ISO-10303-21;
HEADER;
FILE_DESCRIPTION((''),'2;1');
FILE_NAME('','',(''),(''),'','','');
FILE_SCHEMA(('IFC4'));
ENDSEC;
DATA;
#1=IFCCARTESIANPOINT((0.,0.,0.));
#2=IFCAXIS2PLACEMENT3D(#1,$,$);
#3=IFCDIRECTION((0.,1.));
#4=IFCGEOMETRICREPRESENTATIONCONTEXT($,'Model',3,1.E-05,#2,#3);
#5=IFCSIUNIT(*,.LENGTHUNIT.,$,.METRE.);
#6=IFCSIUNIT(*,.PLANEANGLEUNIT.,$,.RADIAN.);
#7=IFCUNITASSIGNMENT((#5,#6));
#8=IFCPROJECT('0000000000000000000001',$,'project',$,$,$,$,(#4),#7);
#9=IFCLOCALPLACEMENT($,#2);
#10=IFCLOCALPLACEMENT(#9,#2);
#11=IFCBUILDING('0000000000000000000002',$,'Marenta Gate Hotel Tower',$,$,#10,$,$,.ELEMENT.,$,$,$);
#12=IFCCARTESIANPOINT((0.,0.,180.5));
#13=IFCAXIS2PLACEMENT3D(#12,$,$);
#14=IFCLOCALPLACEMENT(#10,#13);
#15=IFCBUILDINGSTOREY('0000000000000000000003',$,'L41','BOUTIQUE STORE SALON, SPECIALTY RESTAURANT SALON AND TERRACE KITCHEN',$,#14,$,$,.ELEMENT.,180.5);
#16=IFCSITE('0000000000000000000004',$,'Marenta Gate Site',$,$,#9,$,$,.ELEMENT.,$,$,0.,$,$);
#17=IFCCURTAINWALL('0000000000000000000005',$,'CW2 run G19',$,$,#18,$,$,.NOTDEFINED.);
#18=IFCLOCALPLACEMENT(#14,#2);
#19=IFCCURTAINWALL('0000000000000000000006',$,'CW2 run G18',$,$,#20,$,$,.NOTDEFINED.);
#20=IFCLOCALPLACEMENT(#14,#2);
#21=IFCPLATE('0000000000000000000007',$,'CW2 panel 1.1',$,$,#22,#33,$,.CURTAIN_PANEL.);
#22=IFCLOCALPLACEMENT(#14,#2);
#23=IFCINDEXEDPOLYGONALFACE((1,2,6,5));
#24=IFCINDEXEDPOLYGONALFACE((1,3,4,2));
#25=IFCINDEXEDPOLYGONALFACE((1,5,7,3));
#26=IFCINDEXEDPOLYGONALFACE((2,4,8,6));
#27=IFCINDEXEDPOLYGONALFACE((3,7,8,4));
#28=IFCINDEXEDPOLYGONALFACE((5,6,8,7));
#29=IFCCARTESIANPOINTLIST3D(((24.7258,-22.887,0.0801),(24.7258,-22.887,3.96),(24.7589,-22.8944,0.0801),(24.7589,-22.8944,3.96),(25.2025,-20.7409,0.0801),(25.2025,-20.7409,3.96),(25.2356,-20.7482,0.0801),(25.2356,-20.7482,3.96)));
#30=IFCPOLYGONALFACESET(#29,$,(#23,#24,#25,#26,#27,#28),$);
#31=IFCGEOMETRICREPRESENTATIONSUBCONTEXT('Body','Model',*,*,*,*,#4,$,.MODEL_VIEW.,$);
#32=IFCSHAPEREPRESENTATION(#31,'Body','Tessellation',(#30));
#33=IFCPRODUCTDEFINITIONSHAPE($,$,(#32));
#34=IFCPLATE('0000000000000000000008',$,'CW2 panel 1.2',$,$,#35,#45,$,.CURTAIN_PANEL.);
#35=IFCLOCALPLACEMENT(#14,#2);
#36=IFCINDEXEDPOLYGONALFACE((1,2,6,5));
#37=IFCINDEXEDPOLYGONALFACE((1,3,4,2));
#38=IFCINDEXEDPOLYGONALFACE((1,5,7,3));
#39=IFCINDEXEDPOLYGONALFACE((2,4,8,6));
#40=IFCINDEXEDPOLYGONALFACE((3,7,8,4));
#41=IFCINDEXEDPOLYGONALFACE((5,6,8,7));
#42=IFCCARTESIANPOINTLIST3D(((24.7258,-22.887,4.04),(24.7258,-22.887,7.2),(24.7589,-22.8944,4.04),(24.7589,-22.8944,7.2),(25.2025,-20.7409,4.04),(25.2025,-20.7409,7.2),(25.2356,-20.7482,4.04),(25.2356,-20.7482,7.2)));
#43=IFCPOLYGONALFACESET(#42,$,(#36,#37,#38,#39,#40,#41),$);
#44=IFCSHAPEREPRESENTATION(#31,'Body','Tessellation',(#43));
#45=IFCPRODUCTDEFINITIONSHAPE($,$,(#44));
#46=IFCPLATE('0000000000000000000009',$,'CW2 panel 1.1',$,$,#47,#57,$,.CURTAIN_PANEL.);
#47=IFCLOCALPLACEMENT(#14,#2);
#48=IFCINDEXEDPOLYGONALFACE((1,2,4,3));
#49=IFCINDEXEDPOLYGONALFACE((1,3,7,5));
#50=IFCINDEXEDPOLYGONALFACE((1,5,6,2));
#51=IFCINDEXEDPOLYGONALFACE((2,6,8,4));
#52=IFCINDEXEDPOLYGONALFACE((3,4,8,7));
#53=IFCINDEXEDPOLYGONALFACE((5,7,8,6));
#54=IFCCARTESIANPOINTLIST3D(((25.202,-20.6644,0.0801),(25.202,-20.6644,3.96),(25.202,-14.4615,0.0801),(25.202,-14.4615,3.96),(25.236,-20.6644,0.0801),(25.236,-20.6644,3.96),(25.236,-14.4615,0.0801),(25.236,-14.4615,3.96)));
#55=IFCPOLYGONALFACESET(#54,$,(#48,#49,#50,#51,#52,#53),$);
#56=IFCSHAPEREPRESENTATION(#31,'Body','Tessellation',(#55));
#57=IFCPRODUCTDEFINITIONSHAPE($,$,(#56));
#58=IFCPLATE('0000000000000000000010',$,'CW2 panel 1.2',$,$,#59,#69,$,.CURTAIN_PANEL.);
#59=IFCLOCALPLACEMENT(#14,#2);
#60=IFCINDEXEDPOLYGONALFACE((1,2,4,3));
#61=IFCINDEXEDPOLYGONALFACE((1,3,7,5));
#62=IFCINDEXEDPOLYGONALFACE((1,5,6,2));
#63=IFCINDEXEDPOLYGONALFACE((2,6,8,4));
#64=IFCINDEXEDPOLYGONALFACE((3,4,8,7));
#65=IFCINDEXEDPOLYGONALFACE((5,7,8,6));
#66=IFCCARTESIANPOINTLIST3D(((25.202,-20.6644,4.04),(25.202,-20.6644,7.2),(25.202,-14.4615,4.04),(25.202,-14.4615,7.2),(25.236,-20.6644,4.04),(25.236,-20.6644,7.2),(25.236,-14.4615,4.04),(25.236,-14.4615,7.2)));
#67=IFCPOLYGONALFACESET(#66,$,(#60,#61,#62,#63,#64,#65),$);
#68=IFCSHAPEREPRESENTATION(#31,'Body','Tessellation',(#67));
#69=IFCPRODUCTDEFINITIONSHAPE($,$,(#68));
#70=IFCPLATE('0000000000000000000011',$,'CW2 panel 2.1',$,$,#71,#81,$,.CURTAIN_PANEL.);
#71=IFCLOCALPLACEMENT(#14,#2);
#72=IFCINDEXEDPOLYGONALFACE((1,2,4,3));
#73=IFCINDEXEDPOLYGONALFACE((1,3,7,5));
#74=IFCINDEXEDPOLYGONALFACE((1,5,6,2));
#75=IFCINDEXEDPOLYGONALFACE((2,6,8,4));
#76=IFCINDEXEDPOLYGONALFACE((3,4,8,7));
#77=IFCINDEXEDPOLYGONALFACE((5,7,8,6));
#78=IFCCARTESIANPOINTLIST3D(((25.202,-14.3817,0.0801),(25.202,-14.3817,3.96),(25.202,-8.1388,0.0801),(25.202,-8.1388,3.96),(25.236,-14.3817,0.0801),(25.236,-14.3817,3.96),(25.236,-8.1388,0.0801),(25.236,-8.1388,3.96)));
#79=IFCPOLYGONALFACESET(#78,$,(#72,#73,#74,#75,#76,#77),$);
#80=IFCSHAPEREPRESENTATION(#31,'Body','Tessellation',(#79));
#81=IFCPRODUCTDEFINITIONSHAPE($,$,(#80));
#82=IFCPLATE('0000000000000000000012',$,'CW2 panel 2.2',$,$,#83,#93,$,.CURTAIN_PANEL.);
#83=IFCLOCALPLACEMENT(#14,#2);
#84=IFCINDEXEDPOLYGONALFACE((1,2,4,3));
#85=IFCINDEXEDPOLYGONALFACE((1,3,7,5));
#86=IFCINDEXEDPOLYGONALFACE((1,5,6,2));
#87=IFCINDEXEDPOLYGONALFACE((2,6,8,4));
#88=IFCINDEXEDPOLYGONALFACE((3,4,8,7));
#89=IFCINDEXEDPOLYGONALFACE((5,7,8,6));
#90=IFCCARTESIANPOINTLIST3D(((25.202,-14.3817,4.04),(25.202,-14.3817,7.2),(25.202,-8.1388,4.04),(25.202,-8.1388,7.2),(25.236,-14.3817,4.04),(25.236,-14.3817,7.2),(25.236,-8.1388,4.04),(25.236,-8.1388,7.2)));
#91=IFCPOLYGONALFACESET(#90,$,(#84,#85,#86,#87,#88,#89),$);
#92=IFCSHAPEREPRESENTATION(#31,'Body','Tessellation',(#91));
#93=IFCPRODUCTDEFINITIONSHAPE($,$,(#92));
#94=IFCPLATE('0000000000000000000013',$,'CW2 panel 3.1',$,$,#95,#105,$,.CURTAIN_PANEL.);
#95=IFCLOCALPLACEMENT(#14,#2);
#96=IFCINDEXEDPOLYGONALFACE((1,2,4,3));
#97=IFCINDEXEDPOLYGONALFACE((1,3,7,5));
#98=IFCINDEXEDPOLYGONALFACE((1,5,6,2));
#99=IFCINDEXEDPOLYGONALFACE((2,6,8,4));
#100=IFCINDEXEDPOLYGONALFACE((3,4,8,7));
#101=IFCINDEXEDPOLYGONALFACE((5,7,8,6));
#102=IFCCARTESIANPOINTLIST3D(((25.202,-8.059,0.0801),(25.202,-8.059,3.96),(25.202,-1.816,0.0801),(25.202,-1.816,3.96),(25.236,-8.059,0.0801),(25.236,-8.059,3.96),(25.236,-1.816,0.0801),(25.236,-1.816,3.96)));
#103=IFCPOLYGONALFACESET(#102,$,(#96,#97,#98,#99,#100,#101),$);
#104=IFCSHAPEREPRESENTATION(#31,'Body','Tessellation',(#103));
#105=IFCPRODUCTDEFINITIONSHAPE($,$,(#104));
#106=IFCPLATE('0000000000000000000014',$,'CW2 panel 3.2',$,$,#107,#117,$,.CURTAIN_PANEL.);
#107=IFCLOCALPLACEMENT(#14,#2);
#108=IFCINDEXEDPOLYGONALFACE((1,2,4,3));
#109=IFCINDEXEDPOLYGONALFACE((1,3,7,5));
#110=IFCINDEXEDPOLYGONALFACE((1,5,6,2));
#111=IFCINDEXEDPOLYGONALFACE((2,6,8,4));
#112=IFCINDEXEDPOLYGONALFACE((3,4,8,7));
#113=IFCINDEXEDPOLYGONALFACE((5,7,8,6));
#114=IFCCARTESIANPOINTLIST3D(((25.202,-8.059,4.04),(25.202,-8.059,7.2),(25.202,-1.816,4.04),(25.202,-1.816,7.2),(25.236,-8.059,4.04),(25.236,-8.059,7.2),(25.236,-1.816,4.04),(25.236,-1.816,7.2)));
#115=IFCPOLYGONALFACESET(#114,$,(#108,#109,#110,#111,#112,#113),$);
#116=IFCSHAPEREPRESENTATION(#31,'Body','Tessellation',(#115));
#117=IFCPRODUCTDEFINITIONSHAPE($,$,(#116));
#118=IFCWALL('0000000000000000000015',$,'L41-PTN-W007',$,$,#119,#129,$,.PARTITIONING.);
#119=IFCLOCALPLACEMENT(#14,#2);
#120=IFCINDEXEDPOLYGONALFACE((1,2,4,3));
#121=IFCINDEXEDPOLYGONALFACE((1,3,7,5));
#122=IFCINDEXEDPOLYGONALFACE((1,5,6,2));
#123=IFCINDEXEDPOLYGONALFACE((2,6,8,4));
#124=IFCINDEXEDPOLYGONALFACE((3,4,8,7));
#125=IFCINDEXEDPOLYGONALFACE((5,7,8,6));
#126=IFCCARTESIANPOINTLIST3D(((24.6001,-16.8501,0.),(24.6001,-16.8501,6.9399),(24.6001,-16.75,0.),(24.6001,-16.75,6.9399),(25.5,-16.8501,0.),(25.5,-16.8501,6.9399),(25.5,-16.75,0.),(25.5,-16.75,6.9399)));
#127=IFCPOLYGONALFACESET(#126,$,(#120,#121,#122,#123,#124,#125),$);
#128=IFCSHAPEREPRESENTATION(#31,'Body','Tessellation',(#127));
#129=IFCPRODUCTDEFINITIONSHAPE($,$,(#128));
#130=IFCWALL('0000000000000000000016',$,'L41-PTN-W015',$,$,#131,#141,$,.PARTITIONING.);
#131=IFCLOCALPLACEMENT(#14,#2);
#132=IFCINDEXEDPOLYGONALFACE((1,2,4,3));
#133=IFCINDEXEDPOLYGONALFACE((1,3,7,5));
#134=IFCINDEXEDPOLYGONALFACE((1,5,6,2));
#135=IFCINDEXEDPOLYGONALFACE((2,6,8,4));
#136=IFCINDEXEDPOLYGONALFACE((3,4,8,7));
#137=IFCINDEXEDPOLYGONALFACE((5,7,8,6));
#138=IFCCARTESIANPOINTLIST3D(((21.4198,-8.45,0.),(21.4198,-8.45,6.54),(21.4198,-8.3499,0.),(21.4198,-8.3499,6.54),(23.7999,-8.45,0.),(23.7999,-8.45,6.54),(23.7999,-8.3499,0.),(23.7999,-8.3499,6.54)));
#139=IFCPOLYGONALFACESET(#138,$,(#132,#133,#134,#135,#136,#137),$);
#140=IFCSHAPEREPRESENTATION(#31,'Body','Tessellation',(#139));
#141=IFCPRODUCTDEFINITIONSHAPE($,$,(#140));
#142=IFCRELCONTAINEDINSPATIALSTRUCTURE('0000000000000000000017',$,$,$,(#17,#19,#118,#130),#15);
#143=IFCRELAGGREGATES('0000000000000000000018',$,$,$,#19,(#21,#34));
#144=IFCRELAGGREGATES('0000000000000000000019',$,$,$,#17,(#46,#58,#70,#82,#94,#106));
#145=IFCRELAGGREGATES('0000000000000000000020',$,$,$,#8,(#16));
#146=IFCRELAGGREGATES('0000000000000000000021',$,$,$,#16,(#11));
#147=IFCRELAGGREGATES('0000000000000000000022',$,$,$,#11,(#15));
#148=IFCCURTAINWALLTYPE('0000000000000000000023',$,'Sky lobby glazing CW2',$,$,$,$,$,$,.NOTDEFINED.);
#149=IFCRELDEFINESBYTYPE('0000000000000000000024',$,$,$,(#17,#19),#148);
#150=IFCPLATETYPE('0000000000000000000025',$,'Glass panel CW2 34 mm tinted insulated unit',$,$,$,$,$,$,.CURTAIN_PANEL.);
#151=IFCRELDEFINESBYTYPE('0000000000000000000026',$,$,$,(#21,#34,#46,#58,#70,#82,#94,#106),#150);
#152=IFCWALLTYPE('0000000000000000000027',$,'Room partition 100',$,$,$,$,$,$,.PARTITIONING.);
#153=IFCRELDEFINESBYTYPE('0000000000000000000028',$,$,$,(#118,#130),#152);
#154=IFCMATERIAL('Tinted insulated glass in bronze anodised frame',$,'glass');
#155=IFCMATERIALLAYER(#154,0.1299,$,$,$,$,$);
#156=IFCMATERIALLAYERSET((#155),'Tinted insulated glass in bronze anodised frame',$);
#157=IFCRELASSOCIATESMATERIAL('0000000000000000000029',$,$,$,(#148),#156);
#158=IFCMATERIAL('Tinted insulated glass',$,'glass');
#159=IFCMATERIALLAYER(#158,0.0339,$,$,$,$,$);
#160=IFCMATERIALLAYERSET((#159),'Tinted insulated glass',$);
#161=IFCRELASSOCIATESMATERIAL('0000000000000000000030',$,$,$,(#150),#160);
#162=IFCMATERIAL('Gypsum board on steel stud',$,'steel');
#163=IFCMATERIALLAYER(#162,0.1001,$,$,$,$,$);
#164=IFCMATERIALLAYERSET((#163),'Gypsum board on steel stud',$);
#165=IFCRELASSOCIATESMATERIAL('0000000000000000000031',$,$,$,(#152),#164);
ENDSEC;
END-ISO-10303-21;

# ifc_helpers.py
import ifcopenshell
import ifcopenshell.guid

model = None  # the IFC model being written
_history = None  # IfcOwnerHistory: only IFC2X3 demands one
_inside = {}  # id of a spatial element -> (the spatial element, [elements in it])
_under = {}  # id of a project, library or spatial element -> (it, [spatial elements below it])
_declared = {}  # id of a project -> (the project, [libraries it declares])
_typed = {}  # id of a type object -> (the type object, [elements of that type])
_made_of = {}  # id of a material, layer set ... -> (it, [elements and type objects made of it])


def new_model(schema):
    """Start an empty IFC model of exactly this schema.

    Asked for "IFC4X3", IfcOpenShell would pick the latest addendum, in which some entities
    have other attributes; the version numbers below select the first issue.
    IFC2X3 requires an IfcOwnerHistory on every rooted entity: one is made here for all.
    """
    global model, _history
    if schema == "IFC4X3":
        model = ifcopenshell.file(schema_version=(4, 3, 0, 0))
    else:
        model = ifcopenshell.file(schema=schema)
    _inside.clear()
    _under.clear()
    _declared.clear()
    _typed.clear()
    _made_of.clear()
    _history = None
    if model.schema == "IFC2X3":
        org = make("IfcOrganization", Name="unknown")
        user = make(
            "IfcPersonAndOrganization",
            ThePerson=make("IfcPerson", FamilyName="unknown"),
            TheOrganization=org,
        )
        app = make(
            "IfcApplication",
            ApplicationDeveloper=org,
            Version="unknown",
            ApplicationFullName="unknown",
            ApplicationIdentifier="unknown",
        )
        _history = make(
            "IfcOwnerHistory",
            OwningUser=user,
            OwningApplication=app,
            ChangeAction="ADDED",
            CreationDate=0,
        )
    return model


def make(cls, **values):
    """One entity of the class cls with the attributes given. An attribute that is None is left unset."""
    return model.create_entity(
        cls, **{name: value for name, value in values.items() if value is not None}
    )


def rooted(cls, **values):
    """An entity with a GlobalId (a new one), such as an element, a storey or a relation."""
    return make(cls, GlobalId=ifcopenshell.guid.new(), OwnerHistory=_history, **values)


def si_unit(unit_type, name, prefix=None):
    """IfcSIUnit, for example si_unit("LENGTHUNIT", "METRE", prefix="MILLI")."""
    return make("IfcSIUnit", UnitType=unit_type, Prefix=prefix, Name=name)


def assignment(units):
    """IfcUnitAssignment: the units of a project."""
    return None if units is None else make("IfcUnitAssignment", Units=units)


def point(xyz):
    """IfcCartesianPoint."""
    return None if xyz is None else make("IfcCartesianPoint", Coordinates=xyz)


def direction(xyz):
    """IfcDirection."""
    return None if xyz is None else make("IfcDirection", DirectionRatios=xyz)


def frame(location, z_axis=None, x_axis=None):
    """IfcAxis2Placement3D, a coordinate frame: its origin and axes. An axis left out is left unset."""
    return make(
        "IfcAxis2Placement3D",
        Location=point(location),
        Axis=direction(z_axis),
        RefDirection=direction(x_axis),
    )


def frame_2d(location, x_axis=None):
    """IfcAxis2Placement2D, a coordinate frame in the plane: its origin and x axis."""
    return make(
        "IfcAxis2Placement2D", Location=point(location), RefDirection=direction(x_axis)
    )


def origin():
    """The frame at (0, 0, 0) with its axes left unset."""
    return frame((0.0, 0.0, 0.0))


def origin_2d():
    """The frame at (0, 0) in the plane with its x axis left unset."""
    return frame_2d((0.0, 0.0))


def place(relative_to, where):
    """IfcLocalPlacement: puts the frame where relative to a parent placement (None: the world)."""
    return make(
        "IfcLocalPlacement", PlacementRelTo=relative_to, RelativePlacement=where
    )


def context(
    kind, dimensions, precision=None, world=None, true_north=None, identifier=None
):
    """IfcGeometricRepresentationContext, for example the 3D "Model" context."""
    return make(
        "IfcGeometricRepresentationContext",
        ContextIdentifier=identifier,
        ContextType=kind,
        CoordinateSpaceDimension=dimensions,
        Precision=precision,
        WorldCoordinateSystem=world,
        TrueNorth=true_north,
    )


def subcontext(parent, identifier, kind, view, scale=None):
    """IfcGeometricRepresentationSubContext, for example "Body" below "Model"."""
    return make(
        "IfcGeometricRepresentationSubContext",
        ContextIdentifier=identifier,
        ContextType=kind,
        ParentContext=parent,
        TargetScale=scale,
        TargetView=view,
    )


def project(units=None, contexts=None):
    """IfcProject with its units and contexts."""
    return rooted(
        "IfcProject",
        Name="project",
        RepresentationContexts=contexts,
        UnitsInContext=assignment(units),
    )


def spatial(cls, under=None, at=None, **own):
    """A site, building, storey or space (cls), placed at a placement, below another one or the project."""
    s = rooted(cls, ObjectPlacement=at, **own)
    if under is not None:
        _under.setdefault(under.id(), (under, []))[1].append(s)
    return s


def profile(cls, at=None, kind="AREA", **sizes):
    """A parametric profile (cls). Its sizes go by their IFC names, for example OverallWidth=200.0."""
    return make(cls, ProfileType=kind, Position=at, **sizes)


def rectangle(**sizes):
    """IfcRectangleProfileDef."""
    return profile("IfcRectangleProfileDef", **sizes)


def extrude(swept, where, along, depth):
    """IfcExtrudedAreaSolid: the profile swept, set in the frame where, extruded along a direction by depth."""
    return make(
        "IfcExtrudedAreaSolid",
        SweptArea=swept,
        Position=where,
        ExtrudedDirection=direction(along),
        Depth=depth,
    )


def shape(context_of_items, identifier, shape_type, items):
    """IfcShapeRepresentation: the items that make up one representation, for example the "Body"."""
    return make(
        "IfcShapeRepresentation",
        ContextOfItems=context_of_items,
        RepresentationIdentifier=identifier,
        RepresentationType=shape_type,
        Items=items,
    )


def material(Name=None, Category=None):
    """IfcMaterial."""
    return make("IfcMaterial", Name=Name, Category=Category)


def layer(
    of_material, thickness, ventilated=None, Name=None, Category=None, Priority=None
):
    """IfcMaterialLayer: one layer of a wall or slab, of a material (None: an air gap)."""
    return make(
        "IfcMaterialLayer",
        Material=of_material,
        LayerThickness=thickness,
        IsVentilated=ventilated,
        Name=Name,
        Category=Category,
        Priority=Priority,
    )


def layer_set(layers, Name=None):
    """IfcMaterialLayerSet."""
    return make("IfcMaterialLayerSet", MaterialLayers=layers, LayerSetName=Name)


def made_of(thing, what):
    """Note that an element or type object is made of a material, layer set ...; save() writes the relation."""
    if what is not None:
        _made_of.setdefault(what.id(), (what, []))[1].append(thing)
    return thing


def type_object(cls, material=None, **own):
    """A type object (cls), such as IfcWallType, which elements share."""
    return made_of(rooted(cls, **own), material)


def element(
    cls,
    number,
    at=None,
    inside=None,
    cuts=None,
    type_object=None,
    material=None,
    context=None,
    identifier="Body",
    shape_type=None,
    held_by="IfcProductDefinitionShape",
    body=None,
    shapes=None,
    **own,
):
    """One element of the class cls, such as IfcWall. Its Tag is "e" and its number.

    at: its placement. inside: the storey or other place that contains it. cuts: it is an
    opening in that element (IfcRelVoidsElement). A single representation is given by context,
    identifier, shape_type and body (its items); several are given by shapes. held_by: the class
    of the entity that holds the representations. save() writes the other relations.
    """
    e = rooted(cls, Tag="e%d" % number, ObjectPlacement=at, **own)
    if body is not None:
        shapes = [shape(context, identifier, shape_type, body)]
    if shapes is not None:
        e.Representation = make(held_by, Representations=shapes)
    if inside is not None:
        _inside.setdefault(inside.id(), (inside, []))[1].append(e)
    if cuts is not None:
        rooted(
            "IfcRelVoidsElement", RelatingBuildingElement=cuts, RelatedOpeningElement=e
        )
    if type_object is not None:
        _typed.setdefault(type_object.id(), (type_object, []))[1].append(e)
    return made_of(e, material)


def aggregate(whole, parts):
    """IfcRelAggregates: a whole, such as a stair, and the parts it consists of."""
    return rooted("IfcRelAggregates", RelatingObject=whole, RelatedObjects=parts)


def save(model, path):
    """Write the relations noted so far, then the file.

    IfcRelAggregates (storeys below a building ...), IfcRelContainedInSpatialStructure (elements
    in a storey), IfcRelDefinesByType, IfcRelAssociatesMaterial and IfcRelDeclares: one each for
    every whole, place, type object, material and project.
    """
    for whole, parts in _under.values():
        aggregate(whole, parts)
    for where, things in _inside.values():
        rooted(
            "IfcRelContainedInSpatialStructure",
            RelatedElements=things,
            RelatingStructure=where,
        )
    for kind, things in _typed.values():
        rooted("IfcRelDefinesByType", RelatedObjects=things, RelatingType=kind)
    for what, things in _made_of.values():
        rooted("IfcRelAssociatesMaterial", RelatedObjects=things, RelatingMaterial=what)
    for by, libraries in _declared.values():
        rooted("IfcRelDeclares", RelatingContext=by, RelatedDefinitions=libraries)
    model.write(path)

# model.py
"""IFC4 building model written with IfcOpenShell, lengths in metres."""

from ifc_helpers import new_model, si_unit, direction, frame, frame_2d, origin, origin_2d, place, context, subcontext, project, spatial, rectangle, extrude, material, layer, layer_set, type_object, element, aggregate, save


model = new_model("IFC4")

# Units and contexts
model_context = context("Model", 3, precision=1e-05, world=origin(), true_north=direction((0.0, 1.0)))
body_context = subcontext(model_context, "Body", "Model", "MODEL_VIEW")
ifc_project = project(units=[si_unit("LENGTHUNIT", "METRE"), si_unit("PLANEANGLEUNIT", "RADIAN")], contexts=[model_context])

# Site, building, storey
site_placement = place(None, origin())
site = spatial("IfcSite", under=ifc_project, at=site_placement, Name="Marenta Gate Site", CompositionType="ELEMENT", RefElevation=0.0)
building_placement = place(site_placement, origin())
building = spatial("IfcBuilding", under=site, at=building_placement, Name="Marenta Gate Hotel Tower", CompositionType="ELEMENT")
storey_placement = place(building_placement, frame((0.0, 0.0, 180.5)))
storey = spatial("IfcBuildingStorey", under=building, at=storey_placement, Name="L41", Description="BOUTIQUE STORE SALON, SPECIALTY RESTAURANT SALON AND TERRACE KITCHEN", CompositionType="ELEMENT", Elevation=180.5)

# Curtain wall
ifc_material_1 = material(Name="Tinted insulated glass in bronze anodised frame", Category="glass")
ifc_layer_1 = layer(ifc_material_1, 0.1299)
ifc_layer_set_1 = layer_set([ifc_layer_1], Name="Tinted insulated glass in bronze anodised frame")
curtain_wall_type = type_object("IfcCurtainWallType", Name="Sky lobby glazing CW2", PredefinedType="NOTDEFINED", material=ifc_layer_set_1)
curtain_wall_1_placement = place(storey_placement, origin())
curtain_wall_1 = element("IfcCurtainWall", 1, at=curtain_wall_1_placement, inside=storey, type_object=curtain_wall_type, Name="CW2 run G19", PredefinedType="NOTDEFINED")

# Curtain wall, plates
curtain_wall_2_placement = place(storey_placement, origin())
curtain_wall_2 = element("IfcCurtainWall", 2, at=curtain_wall_2_placement, inside=storey, type_object=curtain_wall_type, Name="CW2 run G18", PredefinedType="NOTDEFINED")
ifc_material_2 = material(Name="Tinted insulated glass", Category="glass")
ifc_layer_2 = layer(ifc_material_2, 0.0339)
ifc_layer_set_2 = layer_set([ifc_layer_2], Name="Tinted insulated glass")
plate_type = type_object("IfcPlateType", Name="Glass panel CW2 34 mm tinted insulated unit", PredefinedType="CURTAIN_PANEL", material=ifc_layer_set_2)
plate_1_placement = place(storey_placement, frame((24.9807, -21.8176, 0.0801), z_axis=(0.0, 0.0, 1.0), x_axis=(0.216842, 0.976207, 0.0)))
plate_1 = element("IfcPlate", 3, at=plate_1_placement, type_object=plate_type, Name="CW2 panel 1.1", PredefinedType="CURTAIN_PANEL", context=body_context, shape_type="SweptSolid", body=[
    extrude(rectangle(XDim=2.1985, YDim=0.0339, at=origin_2d()), origin(), (0.0, 0.0, 1.0), 3.8799),
])
plate_2_placement = place(storey_placement, frame((24.9807, -21.8176, 4.04), z_axis=(0.0, 0.0, 1.0), x_axis=(0.216842, 0.976207, 0.0)))
plate_2 = element("IfcPlate", 4, at=plate_2_placement, type_object=plate_type, Name="CW2 panel 1.2", PredefinedType="CURTAIN_PANEL", context=body_context, shape_type="SweptSolid", body=[
    extrude(rectangle(XDim=2.1985, YDim=0.0339, at=origin_2d()), origin(), (0.0, 0.0, 1.0), 3.1599),
])
aggregate(curtain_wall_2, [plate_1, plate_2])

# Plates
plate_3_placement = place(storey_placement, frame((25.219, -17.563, 0.0801), z_axis=(0.0, 0.0, 1.0), x_axis=(0.0, 1.0, 0.0)))
plate_3 = element("IfcPlate", 5, at=plate_3_placement, type_object=plate_type, Name="CW2 panel 1.1", PredefinedType="CURTAIN_PANEL", context=body_context, shape_type="SweptSolid", body=[
    extrude(rectangle(XDim=6.2029, YDim=0.0339, at=origin_2d()), origin(), (0.0, 0.0, 1.0), 3.8799),
])
plate_4_placement = place(storey_placement, frame((25.219, -17.563, 4.04), z_axis=(0.0, 0.0, 1.0), x_axis=(0.0, 1.0, 0.0)))
plate_4 = element("IfcPlate", 6, at=plate_4_placement, type_object=plate_type, Name="CW2 panel 1.2", PredefinedType="CURTAIN_PANEL", context=body_context, shape_type="SweptSolid", body=[
    extrude(rectangle(XDim=6.2029, YDim=0.0339, at=origin_2d()), origin(), (0.0, 0.0, 1.0), 3.1599),
])
plate_5_placement = place(storey_placement, frame((25.219, -11.2603, 0.0801), z_axis=(0.0, 0.0, 1.0), x_axis=(0.0, 1.0, 0.0)))
plate_5 = element("IfcPlate", 7, at=plate_5_placement, type_object=plate_type, Name="CW2 panel 2.1", PredefinedType="CURTAIN_PANEL", context=body_context, shape_type="SweptSolid", body=[
    extrude(rectangle(XDim=6.2429, YDim=0.0339, at=origin_2d()), origin(), (0.0, 0.0, 1.0), 3.8799),
])
plate_6_placement = place(storey_placement, frame((25.219, -11.2603, 4.04), z_axis=(0.0, 0.0, 1.0), x_axis=(0.0, 1.0, 0.0)))
plate_6 = element("IfcPlate", 8, at=plate_6_placement, type_object=plate_type, Name="CW2 panel 2.2", PredefinedType="CURTAIN_PANEL", context=body_context, shape_type="SweptSolid", body=[
    extrude(rectangle(XDim=6.2429, YDim=0.0339, at=origin_2d()), origin(), (0.0, 0.0, 1.0), 3.1599),
])
plate_7_placement = place(storey_placement, frame((25.219, -4.9375, 0.0801), z_axis=(0.0, 0.0, 1.0), x_axis=(0.0, 1.0, 0.0)))
plate_7 = element("IfcPlate", 9, at=plate_7_placement, type_object=plate_type, Name="CW2 panel 3.1", PredefinedType="CURTAIN_PANEL", context=body_context, shape_type="SweptSolid", body=[
    extrude(rectangle(XDim=6.2429, YDim=0.0339, at=origin_2d()), origin(), (0.0, 0.0, 1.0), 3.8799),
])
plate_8_placement = place(storey_placement, frame((25.219, -4.9375, 4.04), z_axis=(0.0, 0.0, 1.0), x_axis=(0.0, 1.0, 0.0)))
plate_8 = element("IfcPlate", 10, at=plate_8_placement, type_object=plate_type, Name="CW2 panel 3.2", PredefinedType="CURTAIN_PANEL", context=body_context, shape_type="SweptSolid", body=[
    extrude(rectangle(XDim=6.2429, YDim=0.0339, at=origin_2d()), origin(), (0.0, 0.0, 1.0), 3.1599),
])
aggregate(curtain_wall_1, [plate_3, plate_4, plate_5, plate_6, plate_7, plate_8])

# Walls
ifc_material_3 = material(Name="Gypsum board on steel stud", Category="steel")
ifc_layer_3 = layer(ifc_material_3, 0.1001)
ifc_layer_set_3 = layer_set([ifc_layer_3], Name="Gypsum board on steel stud")
wall_type = type_object("IfcWallType", Name="Room partition 100", PredefinedType="PARTITIONING", material=ifc_layer_set_3)
wall_1_placement = place(storey_placement, frame((24.6001, -16.8, 0.0), z_axis=(0.0, 0.0, 1.0), x_axis=(1.0, 0.0, 0.0)))
element("IfcWall", 11, at=wall_1_placement, inside=storey, type_object=wall_type, Name="L41-PTN-W007", PredefinedType="PARTITIONING", context=body_context, shape_type="SweptSolid", body=[
    extrude(rectangle(XDim=0.8999, YDim=0.1001, at=frame_2d((0.45, 0.0))), origin(), (0.0, 0.0, 1.0), 6.9399),
])
wall_2_placement = place(storey_placement, frame((21.4199, -8.3999, 0.0), z_axis=(0.0, 0.0, 1.0), x_axis=(1.0, 0.0, 0.0)))
element("IfcWall", 12, at=wall_2_placement, inside=storey, type_object=wall_type, Name="L41-PTN-W015", PredefinedType="PARTITIONING", context=body_context, shape_type="SweptSolid", body=[
    extrude(rectangle(XDim=2.3801, YDim=0.1001, at=frame_2d((1.1899, 0.0))), origin(), (0.0, 0.0, 1.0), 6.54),
])

save(model, "model.ifc")
